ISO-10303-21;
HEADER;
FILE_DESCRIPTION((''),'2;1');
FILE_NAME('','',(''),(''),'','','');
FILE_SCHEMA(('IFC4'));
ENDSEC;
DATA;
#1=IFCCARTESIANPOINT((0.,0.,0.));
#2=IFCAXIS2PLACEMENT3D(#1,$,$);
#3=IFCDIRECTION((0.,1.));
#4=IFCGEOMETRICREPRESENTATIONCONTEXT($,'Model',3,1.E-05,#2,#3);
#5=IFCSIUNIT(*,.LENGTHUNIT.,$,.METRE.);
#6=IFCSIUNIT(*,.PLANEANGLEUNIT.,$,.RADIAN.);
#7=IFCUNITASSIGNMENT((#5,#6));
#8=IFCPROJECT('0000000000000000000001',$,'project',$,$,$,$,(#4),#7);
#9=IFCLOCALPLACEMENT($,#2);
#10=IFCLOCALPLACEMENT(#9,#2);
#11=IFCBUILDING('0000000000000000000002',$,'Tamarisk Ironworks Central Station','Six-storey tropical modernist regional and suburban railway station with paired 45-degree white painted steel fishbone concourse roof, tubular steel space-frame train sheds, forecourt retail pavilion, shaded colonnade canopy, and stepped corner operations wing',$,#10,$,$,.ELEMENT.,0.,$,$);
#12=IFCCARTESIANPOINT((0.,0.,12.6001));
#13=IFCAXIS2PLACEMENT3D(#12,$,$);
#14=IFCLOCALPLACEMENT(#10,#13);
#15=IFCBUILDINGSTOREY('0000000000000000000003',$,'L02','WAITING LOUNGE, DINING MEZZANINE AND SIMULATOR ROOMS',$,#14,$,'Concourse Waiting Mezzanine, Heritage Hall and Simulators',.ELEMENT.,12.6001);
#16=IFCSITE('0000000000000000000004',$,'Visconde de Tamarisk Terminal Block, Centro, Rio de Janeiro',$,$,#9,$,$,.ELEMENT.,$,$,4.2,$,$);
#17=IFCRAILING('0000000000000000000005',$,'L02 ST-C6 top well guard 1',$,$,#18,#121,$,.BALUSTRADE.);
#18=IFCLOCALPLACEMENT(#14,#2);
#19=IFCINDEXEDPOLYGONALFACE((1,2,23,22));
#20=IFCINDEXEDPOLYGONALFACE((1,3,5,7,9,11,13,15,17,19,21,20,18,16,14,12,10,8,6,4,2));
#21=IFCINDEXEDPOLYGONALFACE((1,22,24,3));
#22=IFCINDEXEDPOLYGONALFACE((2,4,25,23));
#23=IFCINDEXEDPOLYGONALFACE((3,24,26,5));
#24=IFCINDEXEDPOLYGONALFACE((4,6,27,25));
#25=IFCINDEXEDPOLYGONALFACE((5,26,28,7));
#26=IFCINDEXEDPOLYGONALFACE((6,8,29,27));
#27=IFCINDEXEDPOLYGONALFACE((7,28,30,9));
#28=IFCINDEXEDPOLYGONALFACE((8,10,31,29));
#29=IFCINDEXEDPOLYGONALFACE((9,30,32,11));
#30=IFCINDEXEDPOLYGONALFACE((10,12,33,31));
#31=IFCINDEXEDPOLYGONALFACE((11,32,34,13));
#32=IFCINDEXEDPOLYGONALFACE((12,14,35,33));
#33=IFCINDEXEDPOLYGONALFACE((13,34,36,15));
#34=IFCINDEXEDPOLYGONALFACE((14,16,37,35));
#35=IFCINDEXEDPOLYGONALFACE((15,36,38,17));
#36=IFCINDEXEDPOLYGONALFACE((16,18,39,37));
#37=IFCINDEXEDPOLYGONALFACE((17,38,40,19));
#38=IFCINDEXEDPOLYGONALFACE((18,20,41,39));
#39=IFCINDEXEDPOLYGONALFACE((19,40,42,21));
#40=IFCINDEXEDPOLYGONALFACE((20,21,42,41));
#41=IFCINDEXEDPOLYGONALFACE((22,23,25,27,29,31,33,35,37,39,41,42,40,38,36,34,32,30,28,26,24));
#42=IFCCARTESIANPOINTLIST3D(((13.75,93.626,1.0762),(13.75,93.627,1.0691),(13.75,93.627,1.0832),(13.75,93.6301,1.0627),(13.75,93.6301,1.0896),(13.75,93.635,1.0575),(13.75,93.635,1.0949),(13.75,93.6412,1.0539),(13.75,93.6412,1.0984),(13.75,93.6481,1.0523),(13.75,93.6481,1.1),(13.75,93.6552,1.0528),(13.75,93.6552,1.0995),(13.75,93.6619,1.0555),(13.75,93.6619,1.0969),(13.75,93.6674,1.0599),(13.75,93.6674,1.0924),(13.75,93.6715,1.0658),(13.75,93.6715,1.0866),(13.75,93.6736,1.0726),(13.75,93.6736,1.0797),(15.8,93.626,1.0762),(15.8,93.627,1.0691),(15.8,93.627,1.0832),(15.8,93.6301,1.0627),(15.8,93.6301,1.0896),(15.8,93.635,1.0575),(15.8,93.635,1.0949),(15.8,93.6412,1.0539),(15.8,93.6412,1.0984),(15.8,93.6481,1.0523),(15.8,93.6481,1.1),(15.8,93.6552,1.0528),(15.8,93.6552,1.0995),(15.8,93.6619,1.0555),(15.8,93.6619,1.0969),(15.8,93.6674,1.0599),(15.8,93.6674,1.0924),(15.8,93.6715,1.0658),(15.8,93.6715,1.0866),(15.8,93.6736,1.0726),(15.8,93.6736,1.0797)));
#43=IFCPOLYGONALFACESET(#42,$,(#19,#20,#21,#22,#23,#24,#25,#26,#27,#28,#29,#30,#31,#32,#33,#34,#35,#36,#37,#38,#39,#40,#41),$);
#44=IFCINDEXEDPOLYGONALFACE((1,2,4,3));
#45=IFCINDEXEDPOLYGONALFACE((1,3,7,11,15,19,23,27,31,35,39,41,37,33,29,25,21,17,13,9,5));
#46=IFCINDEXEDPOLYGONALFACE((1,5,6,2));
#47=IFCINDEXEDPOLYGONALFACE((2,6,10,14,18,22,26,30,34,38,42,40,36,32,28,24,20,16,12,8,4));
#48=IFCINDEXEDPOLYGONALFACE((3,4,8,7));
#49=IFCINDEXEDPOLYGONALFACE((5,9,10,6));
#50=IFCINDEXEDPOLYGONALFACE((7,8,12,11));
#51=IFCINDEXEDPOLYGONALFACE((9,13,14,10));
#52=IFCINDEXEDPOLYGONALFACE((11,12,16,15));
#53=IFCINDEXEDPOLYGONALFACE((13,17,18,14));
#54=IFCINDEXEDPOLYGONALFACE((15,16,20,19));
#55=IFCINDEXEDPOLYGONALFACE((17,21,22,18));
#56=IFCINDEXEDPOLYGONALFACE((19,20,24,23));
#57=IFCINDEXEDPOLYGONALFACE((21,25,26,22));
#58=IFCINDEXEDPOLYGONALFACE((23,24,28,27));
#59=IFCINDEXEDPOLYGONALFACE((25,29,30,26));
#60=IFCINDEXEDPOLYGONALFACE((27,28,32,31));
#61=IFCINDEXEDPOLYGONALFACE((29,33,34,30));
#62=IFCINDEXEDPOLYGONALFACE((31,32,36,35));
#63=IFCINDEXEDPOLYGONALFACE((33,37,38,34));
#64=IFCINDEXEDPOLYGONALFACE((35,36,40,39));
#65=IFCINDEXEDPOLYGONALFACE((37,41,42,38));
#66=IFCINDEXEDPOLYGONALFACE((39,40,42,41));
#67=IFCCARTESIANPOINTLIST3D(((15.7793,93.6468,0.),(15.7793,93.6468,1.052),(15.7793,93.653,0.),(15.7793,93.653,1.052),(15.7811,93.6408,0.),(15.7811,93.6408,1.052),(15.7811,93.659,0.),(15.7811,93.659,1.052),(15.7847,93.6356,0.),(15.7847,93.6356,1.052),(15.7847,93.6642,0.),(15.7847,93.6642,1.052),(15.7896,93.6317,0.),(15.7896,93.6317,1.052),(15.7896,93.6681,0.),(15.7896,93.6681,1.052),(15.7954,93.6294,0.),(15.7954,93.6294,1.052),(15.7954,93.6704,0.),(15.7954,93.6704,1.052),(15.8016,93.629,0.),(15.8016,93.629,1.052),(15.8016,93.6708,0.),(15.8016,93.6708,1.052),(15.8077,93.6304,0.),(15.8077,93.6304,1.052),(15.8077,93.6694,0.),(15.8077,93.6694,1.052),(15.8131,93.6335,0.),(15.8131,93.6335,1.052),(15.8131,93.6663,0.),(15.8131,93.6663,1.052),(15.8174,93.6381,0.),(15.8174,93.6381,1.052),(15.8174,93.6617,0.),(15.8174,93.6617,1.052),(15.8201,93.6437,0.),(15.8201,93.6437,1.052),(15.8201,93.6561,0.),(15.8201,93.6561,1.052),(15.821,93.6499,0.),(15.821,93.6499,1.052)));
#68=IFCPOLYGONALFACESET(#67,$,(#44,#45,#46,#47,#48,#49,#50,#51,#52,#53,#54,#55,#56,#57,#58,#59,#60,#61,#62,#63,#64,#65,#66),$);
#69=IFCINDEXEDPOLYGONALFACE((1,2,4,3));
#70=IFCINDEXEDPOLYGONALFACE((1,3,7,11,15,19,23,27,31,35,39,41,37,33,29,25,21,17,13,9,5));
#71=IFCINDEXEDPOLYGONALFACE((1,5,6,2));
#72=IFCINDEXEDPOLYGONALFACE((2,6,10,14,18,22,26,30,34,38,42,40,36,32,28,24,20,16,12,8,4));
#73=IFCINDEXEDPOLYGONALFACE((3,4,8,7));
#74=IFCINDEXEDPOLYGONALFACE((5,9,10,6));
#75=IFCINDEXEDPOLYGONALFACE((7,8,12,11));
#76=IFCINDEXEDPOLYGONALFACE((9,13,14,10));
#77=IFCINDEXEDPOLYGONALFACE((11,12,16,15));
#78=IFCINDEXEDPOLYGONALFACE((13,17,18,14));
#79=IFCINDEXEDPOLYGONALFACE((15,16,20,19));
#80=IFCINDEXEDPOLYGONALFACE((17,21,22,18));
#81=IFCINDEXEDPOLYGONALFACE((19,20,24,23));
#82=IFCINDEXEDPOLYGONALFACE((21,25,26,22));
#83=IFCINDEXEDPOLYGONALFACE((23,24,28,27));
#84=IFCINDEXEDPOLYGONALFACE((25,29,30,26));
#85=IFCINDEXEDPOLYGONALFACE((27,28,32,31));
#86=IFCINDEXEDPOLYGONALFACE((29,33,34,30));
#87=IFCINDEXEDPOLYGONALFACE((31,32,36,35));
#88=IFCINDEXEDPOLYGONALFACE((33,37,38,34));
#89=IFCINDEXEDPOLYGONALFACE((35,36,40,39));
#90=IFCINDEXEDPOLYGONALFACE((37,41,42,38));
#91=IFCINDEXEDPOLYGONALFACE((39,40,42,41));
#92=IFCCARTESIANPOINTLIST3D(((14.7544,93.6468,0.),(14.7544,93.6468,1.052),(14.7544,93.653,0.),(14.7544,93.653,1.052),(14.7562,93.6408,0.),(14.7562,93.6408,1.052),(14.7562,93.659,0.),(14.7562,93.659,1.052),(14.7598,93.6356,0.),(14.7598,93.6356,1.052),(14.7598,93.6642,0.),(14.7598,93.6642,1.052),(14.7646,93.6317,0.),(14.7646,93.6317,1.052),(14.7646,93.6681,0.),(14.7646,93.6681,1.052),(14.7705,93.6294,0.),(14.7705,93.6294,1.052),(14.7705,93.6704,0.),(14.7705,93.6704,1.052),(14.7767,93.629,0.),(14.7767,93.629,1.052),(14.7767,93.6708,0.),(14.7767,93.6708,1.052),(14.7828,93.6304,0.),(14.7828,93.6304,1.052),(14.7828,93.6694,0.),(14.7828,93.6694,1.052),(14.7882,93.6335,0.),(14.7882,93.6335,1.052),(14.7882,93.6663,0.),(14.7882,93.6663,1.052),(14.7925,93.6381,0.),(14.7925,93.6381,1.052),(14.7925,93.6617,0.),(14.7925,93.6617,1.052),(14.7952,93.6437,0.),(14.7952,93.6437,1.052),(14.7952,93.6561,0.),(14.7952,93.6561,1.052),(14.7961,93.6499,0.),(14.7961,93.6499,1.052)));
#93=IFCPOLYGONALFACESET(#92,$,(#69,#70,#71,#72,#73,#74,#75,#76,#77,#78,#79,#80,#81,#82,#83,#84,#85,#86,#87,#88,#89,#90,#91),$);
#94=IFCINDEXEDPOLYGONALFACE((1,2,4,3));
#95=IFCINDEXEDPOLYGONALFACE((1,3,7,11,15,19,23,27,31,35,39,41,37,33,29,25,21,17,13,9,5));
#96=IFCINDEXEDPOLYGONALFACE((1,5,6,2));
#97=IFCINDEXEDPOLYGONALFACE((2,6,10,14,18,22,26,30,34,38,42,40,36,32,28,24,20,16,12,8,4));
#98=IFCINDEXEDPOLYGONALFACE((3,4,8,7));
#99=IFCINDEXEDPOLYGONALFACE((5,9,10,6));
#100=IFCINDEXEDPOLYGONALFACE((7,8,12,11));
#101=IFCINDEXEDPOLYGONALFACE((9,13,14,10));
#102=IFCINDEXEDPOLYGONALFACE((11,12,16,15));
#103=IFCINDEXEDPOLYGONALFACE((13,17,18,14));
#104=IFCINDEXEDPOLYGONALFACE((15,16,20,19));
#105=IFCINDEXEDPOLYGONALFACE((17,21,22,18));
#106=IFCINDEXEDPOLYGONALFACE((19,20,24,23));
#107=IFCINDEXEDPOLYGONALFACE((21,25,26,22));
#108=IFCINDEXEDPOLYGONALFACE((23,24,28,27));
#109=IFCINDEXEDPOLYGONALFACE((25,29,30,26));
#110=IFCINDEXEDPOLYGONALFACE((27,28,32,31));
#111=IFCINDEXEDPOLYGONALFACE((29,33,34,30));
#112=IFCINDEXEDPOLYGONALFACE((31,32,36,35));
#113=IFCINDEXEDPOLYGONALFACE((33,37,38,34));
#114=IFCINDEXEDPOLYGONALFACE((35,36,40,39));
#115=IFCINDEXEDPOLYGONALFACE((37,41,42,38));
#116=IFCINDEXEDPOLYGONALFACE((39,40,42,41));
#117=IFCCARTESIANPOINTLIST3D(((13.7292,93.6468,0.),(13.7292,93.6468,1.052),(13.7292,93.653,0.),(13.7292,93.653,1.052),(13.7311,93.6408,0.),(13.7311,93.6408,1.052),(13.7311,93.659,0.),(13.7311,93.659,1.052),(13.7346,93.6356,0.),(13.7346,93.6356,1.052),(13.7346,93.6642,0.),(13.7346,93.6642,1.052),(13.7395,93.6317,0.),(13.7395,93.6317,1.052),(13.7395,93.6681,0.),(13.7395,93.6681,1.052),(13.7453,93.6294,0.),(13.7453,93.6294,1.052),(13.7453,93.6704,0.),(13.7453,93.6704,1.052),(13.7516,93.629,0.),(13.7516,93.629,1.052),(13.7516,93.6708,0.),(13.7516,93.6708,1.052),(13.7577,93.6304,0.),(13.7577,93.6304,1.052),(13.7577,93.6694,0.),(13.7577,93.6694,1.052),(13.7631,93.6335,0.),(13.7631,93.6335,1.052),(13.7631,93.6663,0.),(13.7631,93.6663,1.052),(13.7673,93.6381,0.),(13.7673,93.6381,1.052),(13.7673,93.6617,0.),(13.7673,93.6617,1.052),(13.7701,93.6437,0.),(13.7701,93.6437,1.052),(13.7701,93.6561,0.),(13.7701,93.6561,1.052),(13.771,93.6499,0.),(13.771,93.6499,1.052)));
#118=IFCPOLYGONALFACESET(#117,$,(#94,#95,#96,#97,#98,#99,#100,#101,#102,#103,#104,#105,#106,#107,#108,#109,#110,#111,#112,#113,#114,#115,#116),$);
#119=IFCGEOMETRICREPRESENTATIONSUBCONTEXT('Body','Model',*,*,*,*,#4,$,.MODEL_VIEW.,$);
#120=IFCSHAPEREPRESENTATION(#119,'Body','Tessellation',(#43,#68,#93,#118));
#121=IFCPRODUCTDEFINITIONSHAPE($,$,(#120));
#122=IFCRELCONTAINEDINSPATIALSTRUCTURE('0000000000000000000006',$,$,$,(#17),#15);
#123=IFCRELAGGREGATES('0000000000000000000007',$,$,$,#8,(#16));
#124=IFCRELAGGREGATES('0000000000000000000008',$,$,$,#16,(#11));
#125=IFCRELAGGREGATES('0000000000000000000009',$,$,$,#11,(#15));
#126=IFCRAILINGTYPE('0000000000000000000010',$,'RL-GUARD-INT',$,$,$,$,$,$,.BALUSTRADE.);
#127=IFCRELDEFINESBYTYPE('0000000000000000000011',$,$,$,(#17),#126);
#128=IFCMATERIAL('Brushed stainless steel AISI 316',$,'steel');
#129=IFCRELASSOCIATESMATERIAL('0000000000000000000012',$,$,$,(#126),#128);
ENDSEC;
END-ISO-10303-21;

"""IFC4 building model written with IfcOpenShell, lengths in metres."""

from ifc_helpers import new_model, si_unit, direction, frame, origin, origin_2d, place, context, subcontext, project, spatial, circle, extrude, material, type_object, element, save


model = new_model("IFC4")

# Units and contexts
model_context = context("Model", 3, precision=1e-05, world=origin(), true_north=direction((0.0, 1.0)))
body_context = subcontext(model_context, "Body", "Model", "MODEL_VIEW")
ifc_project = project(units=[si_unit("LENGTHUNIT", "METRE"), si_unit("PLANEANGLEUNIT", "RADIAN")], contexts=[model_context])

# Site, building, storey
site_placement = place(None, origin())
site = spatial("IfcSite", under=ifc_project, at=site_placement, Name="Visconde de Tamarisk Terminal Block, Centro, Rio de Janeiro", CompositionType="ELEMENT", RefElevation=4.2)
building_placement = place(site_placement, origin())
building = spatial("IfcBuilding", under=site, at=building_placement, Name="Tamarisk Ironworks Central Station", Description="Six-storey tropical modernist regional and suburban railway station with paired 45-degree white painted steel fishbone concourse roof, tubular steel space-frame train sheds, forecourt retail pavilion, shaded colonnade canopy, and stepped corner operations wing", CompositionType="ELEMENT", ElevationOfRefHeight=0.0)
storey_placement = place(building_placement, frame((0.0, 0.0, 12.6001)))
storey = spatial("IfcBuildingStorey", under=building, at=storey_placement, Name="L02", Description="WAITING LOUNGE, DINING MEZZANINE AND SIMULATOR ROOMS", LongName="Concourse Waiting Mezzanine, Heritage Hall and Simulators", CompositionType="ELEMENT", Elevation=12.6001)

# Shared definitions
ifc_material_1 = material(Name="Brushed stainless steel AISI 316", Category="steel")

# Railing
railing_type = type_object("IfcRailingType", Name="RL-GUARD-INT", PredefinedType="BALUSTRADE", material=ifc_material_1)
railing_placement = place(storey_placement, frame((15.8, 93.6499, 0.0)))
element("IfcRailing", 1, at=railing_placement, inside=storey, type_object=railing_type, Name="L02 ST-C6 top well guard 1", PredefinedType="BALUSTRADE", context=body_context, shape_type="SweptSolid", body=[
    extrude(circle(Radius=0.0239, at=origin_2d()), frame((0.0, 0.0, 1.0762), z_axis=(-1.0, 0.0, 0.0), x_axis=(0.0, -1.0, 0.0)), (0.0, 0.0, 1.0), 2.05),
    extrude(circle(Radius=0.021, at=origin_2d()), origin(), (0.0, 0.0, 1.0), 1.052),
    extrude(circle(Radius=0.021, at=origin_2d()), frame((-1.0249, 0.0, 0.0)), (0.0, 0.0, 1.0), 1.052),
    extrude(circle(Radius=0.021, at=origin_2d()), frame((-2.05, 0.0, 0.0)), (0.0, 0.0, 1.0), 1.052),
])

save(model, "model.ifc")
